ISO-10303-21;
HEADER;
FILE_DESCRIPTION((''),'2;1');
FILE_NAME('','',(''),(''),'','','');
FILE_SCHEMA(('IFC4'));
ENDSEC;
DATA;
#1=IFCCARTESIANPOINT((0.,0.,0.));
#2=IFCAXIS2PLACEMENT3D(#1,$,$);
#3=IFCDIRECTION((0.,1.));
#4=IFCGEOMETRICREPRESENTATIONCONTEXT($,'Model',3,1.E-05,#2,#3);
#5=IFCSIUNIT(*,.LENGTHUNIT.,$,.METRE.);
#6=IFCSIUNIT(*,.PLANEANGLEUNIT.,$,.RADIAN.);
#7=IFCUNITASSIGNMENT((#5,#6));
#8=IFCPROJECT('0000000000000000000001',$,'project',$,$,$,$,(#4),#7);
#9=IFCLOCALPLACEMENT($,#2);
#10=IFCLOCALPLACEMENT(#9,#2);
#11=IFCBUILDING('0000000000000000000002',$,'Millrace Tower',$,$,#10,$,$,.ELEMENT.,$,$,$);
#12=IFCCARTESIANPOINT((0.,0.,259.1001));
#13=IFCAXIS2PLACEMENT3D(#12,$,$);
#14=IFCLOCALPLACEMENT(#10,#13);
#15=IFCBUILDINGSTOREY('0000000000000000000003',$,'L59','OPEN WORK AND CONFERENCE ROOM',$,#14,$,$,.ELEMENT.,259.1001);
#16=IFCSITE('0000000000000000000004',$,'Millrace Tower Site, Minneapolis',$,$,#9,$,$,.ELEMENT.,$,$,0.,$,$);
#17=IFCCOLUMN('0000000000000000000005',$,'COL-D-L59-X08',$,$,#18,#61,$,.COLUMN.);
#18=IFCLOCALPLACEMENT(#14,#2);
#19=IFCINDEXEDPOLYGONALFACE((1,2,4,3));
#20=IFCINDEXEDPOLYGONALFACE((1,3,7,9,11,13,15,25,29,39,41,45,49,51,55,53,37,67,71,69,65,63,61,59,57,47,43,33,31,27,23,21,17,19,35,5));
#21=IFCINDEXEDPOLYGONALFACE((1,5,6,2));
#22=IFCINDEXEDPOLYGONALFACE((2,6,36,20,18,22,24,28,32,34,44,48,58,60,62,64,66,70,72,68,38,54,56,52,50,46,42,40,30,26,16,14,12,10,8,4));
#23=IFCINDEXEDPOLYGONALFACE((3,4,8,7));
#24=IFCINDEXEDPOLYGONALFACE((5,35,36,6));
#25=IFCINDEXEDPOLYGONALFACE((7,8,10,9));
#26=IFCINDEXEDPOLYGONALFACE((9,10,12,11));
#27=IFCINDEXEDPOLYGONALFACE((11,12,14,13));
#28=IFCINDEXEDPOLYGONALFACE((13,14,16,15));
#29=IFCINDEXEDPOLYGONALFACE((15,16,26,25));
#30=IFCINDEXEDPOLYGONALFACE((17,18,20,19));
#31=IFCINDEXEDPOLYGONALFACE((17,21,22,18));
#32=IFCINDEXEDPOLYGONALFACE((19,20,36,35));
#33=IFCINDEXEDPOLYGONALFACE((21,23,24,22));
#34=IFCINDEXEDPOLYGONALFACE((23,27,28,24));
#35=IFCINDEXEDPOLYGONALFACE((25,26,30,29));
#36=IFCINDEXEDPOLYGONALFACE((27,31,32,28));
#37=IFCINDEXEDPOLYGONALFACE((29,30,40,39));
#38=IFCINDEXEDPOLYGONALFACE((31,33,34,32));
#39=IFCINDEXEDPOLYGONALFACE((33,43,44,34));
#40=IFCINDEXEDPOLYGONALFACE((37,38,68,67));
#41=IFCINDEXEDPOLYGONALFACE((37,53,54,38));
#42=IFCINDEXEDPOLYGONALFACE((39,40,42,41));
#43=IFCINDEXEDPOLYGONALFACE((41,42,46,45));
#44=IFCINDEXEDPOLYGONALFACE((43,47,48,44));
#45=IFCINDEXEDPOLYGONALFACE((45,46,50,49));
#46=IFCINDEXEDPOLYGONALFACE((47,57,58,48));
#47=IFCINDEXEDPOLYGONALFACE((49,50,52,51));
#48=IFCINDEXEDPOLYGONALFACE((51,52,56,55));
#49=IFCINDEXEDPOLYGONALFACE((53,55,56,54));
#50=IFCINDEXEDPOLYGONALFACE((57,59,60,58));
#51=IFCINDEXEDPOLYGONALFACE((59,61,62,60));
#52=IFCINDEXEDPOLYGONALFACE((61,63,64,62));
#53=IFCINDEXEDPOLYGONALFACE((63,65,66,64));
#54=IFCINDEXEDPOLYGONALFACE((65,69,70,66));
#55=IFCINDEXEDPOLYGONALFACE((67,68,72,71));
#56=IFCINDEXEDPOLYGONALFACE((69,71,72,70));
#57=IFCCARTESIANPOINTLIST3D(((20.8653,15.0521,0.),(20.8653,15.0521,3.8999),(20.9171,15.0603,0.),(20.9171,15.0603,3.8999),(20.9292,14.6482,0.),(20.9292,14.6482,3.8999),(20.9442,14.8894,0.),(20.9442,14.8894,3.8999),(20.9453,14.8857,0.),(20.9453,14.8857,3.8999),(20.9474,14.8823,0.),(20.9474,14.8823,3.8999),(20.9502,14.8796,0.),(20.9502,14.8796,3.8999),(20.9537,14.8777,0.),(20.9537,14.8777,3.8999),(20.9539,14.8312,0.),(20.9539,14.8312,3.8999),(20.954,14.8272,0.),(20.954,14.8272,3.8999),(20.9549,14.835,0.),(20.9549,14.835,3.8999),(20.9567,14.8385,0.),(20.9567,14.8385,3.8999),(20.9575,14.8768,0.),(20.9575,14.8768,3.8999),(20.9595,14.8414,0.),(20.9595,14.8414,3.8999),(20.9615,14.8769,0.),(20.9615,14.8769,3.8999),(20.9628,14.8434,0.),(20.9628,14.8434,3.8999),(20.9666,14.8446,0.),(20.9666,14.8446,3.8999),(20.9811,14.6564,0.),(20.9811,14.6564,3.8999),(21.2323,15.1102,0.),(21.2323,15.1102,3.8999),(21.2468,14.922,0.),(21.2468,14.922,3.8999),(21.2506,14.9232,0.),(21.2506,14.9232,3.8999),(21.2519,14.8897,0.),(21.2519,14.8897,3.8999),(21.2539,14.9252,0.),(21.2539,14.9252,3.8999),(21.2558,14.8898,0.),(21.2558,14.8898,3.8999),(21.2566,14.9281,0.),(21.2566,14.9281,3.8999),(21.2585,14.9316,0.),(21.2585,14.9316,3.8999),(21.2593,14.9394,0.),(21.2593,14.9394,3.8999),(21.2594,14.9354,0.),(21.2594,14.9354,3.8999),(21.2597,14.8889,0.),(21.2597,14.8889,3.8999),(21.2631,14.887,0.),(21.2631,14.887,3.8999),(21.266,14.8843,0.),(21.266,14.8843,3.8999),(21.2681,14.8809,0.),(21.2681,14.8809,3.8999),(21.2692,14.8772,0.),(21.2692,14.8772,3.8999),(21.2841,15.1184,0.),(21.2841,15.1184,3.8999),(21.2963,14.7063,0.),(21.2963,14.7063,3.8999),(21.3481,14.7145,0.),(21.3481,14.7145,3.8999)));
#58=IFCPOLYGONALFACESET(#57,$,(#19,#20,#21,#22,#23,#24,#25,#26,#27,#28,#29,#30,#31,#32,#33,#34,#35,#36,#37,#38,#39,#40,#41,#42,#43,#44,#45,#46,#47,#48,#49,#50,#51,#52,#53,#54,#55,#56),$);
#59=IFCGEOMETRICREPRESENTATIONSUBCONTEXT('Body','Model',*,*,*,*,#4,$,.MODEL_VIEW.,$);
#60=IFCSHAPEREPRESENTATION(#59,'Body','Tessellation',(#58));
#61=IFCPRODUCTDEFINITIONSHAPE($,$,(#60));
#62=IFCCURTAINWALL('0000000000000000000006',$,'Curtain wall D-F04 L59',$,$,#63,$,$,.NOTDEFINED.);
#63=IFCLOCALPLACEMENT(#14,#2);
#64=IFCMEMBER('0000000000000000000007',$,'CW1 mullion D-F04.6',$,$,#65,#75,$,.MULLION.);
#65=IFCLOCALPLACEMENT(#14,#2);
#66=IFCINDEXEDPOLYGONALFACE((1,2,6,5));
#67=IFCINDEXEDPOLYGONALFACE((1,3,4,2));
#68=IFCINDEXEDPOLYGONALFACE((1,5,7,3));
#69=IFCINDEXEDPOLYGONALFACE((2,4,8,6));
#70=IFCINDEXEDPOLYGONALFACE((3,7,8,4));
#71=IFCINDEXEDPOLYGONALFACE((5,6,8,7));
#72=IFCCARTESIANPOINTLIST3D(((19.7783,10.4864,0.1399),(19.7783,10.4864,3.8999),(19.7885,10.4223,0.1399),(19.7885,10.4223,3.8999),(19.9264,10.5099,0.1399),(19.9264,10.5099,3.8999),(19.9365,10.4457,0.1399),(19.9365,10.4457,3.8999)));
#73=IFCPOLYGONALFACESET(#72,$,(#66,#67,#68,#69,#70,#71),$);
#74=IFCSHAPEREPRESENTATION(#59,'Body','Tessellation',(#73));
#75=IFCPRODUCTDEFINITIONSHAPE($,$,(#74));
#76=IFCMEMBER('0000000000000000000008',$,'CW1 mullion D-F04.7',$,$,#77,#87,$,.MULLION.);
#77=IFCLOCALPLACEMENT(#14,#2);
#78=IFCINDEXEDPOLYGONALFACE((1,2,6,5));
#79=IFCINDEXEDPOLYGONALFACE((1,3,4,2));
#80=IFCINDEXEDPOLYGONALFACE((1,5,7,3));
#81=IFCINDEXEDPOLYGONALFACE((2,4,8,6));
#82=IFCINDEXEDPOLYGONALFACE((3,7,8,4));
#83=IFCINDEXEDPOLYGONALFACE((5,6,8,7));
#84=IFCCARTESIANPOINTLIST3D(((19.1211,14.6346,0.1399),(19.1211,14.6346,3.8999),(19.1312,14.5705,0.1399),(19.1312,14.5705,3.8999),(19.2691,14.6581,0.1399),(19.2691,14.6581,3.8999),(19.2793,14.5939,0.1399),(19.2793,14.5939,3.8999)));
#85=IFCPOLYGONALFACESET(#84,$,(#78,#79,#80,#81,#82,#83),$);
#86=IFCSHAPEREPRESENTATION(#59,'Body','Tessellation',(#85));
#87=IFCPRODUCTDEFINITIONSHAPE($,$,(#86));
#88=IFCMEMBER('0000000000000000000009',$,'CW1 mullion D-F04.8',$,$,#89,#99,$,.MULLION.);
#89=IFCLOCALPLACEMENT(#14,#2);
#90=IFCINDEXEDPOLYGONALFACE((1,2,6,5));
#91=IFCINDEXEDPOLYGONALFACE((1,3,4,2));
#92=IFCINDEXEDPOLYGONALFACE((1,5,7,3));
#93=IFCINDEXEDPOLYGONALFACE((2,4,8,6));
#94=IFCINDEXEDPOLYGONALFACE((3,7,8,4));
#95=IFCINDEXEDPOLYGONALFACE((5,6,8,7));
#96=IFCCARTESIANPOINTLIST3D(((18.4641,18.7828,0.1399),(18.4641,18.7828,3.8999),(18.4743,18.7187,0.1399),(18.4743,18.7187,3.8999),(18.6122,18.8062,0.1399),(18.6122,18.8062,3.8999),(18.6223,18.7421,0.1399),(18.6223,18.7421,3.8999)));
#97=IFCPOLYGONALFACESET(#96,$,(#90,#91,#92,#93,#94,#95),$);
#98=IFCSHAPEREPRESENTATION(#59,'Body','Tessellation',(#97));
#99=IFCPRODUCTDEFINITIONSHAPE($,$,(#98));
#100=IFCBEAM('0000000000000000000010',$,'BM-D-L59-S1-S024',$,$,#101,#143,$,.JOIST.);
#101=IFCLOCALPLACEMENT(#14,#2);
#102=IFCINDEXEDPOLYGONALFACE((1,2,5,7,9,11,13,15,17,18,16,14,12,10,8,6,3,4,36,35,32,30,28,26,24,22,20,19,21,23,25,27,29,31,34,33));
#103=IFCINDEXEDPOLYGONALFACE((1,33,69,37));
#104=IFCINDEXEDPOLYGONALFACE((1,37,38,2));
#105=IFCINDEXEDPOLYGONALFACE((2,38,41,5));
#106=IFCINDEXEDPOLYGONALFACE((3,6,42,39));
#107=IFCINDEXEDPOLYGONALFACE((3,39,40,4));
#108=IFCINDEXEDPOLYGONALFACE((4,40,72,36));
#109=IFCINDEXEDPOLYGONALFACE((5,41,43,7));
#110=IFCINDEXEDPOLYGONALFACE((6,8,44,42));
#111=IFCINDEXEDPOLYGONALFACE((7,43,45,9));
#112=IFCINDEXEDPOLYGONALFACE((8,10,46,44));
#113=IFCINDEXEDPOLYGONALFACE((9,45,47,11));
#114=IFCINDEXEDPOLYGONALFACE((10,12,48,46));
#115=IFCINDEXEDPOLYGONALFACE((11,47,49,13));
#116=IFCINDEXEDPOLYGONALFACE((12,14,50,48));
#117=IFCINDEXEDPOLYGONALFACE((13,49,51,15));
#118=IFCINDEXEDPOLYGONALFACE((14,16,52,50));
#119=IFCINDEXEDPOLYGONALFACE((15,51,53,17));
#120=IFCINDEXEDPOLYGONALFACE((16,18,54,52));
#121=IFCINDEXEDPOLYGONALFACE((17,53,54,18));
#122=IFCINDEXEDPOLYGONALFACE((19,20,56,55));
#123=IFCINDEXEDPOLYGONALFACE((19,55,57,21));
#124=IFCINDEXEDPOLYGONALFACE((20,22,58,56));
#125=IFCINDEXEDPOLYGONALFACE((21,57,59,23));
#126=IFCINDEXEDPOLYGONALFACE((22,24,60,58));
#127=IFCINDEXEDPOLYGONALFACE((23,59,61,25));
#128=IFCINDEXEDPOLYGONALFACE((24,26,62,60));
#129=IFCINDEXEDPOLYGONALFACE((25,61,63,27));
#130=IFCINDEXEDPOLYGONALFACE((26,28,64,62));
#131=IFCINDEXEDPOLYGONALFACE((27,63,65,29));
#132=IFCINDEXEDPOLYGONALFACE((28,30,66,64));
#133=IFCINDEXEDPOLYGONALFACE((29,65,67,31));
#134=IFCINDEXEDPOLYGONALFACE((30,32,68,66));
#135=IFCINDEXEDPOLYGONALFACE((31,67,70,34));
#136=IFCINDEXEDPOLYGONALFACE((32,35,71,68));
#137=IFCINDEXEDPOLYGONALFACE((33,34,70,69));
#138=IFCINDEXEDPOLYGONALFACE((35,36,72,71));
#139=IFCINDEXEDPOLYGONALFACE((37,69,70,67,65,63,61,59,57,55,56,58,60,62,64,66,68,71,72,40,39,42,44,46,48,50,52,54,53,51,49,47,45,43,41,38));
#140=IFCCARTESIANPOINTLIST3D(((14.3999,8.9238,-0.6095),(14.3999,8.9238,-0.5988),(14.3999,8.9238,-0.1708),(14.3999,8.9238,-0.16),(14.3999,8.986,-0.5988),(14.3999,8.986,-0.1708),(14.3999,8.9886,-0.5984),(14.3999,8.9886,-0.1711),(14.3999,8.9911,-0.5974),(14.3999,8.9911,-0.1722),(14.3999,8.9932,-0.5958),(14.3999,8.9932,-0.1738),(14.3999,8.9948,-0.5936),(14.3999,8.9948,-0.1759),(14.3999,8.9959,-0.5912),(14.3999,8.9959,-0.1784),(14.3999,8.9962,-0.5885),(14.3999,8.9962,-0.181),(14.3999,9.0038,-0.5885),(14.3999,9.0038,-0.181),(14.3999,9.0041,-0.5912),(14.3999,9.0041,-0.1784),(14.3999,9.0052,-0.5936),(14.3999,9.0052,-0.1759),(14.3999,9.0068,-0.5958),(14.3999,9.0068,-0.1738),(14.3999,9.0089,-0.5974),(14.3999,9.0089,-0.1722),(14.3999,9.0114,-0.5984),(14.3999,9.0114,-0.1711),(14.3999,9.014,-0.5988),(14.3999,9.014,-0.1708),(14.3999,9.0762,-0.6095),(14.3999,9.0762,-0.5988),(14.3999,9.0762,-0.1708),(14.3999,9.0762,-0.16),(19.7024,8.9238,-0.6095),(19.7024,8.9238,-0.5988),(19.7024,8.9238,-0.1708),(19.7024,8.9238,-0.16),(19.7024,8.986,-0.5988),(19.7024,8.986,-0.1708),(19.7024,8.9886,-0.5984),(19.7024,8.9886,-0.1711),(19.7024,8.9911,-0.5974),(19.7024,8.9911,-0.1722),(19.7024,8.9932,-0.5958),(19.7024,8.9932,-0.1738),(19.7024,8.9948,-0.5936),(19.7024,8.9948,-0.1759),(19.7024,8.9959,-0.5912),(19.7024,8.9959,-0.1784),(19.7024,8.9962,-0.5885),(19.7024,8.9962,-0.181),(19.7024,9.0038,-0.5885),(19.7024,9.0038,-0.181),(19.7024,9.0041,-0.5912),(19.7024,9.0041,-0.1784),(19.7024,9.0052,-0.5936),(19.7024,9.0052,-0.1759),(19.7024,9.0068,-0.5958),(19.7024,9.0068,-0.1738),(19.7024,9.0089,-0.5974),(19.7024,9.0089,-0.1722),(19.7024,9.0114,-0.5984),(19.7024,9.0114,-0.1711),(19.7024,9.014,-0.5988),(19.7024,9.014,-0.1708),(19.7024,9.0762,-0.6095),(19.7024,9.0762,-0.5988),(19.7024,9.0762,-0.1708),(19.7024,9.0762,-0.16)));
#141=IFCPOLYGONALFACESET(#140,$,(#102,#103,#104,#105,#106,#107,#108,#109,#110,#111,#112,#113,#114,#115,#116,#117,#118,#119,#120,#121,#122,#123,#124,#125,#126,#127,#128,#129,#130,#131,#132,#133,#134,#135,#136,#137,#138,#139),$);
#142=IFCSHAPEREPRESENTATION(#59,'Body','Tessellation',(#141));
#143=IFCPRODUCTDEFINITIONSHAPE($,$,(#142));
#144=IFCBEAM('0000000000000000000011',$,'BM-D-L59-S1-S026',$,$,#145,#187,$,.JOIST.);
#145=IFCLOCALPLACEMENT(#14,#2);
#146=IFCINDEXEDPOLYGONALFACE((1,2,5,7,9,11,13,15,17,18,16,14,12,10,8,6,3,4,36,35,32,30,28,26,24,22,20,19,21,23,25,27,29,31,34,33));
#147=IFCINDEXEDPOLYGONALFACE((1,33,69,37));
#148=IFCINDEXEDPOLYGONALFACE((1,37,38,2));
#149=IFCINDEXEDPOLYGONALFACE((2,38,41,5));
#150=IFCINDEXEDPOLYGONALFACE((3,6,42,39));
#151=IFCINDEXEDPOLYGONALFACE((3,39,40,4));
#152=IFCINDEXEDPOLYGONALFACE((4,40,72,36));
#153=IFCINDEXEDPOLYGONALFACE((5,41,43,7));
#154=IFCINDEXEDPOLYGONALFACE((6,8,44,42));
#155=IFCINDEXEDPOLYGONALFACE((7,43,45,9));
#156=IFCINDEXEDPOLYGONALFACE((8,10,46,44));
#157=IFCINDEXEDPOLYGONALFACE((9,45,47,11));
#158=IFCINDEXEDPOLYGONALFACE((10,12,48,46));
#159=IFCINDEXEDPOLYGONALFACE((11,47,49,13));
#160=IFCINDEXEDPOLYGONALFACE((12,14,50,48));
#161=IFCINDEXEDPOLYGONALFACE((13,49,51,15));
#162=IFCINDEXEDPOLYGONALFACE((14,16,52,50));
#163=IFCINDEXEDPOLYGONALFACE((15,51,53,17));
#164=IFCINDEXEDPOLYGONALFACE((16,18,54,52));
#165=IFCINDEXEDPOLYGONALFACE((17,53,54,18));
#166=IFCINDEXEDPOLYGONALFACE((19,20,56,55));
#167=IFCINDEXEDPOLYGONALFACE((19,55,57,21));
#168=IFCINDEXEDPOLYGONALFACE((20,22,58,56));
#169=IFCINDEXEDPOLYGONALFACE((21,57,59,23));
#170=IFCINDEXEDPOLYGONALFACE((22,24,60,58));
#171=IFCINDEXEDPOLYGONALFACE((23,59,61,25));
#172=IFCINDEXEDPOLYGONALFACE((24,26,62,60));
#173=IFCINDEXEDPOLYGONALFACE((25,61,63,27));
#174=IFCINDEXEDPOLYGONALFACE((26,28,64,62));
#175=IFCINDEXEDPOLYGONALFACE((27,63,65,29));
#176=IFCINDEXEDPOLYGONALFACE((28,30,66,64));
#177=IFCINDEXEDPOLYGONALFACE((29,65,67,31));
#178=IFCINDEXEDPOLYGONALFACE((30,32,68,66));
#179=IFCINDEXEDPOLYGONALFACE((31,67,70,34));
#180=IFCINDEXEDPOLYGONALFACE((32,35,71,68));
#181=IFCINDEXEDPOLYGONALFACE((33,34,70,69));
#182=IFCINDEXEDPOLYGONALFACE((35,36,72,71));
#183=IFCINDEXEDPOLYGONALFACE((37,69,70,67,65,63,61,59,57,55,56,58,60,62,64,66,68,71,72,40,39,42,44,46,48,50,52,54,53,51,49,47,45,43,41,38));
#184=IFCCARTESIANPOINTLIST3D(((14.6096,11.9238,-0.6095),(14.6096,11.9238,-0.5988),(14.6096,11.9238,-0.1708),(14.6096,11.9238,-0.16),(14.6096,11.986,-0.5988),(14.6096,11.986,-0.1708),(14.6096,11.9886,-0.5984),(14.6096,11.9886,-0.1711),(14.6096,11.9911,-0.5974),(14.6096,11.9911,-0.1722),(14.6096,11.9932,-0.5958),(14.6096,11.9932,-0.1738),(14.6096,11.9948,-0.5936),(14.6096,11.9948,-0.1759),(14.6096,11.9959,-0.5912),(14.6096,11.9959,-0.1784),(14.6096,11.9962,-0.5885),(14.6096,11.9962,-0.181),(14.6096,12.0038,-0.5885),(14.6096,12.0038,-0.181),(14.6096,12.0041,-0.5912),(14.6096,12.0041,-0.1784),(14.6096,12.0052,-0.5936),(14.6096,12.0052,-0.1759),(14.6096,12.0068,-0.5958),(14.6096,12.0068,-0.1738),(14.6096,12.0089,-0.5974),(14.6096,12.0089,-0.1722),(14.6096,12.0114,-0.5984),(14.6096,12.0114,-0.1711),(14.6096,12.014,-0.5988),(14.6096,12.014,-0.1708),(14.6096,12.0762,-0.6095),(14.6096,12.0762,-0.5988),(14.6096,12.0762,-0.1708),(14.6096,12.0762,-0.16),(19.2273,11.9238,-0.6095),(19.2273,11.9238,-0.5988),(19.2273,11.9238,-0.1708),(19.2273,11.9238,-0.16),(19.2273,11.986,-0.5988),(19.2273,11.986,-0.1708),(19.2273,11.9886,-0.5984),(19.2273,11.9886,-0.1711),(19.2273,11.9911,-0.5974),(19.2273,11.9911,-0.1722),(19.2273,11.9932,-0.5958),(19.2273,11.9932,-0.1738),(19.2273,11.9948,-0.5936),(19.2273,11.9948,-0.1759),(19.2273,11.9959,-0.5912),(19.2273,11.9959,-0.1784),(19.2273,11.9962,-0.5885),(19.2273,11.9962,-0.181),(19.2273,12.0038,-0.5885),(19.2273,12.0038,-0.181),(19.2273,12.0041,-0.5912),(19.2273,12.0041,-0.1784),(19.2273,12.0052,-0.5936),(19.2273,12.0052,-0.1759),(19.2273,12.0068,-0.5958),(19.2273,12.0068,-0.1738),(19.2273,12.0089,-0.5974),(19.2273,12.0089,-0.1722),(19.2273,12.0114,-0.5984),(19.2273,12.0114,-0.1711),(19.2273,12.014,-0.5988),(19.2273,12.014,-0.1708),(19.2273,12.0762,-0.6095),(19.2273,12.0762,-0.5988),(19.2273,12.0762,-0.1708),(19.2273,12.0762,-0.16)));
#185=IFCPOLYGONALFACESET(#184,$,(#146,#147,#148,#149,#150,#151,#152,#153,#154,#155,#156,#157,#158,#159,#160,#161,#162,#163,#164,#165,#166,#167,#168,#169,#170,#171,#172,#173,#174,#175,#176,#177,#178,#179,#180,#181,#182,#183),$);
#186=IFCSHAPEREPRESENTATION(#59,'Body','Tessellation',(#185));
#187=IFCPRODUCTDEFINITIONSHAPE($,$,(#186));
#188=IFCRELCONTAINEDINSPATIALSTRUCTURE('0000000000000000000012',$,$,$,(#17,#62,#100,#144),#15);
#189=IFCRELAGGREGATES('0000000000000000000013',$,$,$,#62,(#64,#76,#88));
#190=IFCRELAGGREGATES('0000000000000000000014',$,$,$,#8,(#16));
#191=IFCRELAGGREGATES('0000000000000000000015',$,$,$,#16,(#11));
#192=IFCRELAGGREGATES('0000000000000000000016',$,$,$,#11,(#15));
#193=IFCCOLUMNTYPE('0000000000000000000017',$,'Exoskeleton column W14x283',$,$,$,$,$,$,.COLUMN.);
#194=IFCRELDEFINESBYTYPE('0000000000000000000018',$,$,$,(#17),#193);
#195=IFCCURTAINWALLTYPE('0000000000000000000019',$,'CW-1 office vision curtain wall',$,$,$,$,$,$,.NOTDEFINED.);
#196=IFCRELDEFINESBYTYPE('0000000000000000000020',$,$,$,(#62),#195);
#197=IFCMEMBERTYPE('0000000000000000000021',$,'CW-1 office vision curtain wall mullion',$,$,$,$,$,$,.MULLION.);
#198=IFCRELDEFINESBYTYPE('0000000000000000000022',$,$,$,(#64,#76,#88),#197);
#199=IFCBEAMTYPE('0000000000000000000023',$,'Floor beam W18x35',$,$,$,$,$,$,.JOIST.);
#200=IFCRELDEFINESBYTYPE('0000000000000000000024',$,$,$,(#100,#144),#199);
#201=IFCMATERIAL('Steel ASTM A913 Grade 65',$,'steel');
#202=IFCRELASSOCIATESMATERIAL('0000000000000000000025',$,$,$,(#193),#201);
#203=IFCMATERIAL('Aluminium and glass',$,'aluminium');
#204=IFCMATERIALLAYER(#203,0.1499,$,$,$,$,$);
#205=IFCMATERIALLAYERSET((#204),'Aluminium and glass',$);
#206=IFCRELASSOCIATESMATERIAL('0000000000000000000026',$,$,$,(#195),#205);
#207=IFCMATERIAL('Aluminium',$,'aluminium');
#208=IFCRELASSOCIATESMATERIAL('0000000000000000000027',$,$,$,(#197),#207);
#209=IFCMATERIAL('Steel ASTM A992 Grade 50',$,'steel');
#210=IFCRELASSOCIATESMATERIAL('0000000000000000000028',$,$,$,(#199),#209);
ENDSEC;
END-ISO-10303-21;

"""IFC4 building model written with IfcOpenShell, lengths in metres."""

from ifc_helpers import new_model, si_unit, direction, frame, origin, origin_2d, place, context, subcontext, project, spatial, rectangle, i_section, extrude, material, layer, layer_set, material_profile, profile_set, type_object, element, aggregate, save


model = new_model("IFC4")

# Units and contexts
model_context = context("Model", 3, precision=1e-05, world=origin(), true_north=direction((0.0, 1.0)))
body_context = subcontext(model_context, "Body", "Model", "MODEL_VIEW")
ifc_project = project(units=[si_unit("LENGTHUNIT", "METRE"), si_unit("PLANEANGLEUNIT", "RADIAN")], contexts=[model_context])

# Site, building, storey
site_placement = place(None, origin())
site = spatial("IfcSite", under=ifc_project, at=site_placement, Name="Millrace Tower Site, Minneapolis", CompositionType="ELEMENT", RefElevation=0.0)
building_placement = place(site_placement, origin())
building = spatial("IfcBuilding", under=site, at=building_placement, Name="Millrace Tower", CompositionType="ELEMENT")
storey_placement = place(building_placement, frame((0.0, 0.0, 259.1001)))
storey = spatial("IfcBuildingStorey", under=building, at=storey_placement, Name="L59", Description="OPEN WORK AND CONFERENCE ROOM", CompositionType="ELEMENT", Elevation=259.1001)

# Column
ifc_material_1 = material(Name="Steel ASTM A913 Grade 65", Category="steel")
ifc_material_profile_1 = material_profile(ifc_material_1, i_section(OverallWidth=0.4089, OverallDepth=0.4241, WebThickness=0.0327, FlangeThickness=0.0525, FilletRadius=0.0151, at=origin_2d()))
ifc_profile_set_1 = profile_set([ifc_material_profile_1], Name="Steel ASTM A913 Grade 65")
column_type = type_object("IfcColumnType", Name="Exoskeleton column W14x283", PredefinedType="COLUMN", material=ifc_profile_set_1)
column_placement = place(storey_placement, frame((21.1067, 14.8833, 0.0), z_axis=(0.0, 0.0, 1.0), x_axis=(-0.156434, 0.987688, 0.0)))
element("IfcColumn", 1, at=column_placement, inside=storey, type_object=column_type, Name="COL-D-L59-X08", PredefinedType="COLUMN", context=body_context, shape_type="SweptSolid", body=[
    extrude(i_section(OverallWidth=0.4089, OverallDepth=0.4241, WebThickness=0.0327, FlangeThickness=0.0525, FilletRadius=0.0151, at=origin_2d()), origin(), (0.0, 0.0, 1.0), 3.8999),
])

# Curtain wall, members
ifc_material_2 = material(Name="Aluminium and glass", Category="aluminium")
ifc_layer_1 = layer(ifc_material_2, 0.1499)
ifc_layer_set_1 = layer_set([ifc_layer_1], Name="Aluminium and glass")
curtain_wall_type = type_object("IfcCurtainWallType", Name="CW-1 office vision curtain wall", PredefinedType="NOTDEFINED", material=ifc_layer_set_1)
curtain_wall_placement = place(storey_placement, origin())
curtain_wall = element("IfcCurtainWall", 2, at=curtain_wall_placement, inside=storey, type_object=curtain_wall_type, Name="Curtain wall D-F04 L59", PredefinedType="NOTDEFINED")
ifc_material_3 = material(Name="Aluminium", Category="aluminium")
ifc_material_profile_2 = material_profile(ifc_material_3, rectangle(XDim=0.0649, YDim=0.1499, at=origin_2d()))
ifc_profile_set_2 = profile_set([ifc_material_profile_2], Name="Aluminium")
member_type = type_object("IfcMemberType", Name="CW-1 office vision curtain wall mullion", PredefinedType="MULLION", material=ifc_profile_set_2)
member_1_placement = place(storey_placement, frame((19.8574, 10.4661, 0.1399), z_axis=(0.0, 0.0, 1.0), x_axis=(-0.156434, 0.987688, 0.0)))
member_1 = element("IfcMember", 3, at=member_1_placement, type_object=member_type, Name="CW1 mullion D-F04.6", PredefinedType="MULLION", context=body_context, shape_type="SweptSolid", body=[
    extrude(rectangle(XDim=0.0649, YDim=0.1499, at=origin_2d()), origin(), (0.0, 0.0, 1.0), 3.76),
])
member_2_placement = place(storey_placement, frame((19.2002, 14.6143, 0.1399), z_axis=(0.0, 0.0, 1.0), x_axis=(-0.156434, 0.987688, 0.0)))
member_2 = element("IfcMember", 4, at=member_2_placement, type_object=member_type, Name="CW1 mullion D-F04.7", PredefinedType="MULLION", context=body_context, shape_type="SweptSolid", body=[
    extrude(rectangle(XDim=0.0649, YDim=0.1499, at=origin_2d()), origin(), (0.0, 0.0, 1.0), 3.76),
])
member_3_placement = place(storey_placement, frame((18.5432, 18.7625, 0.1399), z_axis=(0.0, 0.0, 1.0), x_axis=(-0.156434, 0.987688, 0.0)))
member_3 = element("IfcMember", 5, at=member_3_placement, type_object=member_type, Name="CW1 mullion D-F04.8", PredefinedType="MULLION", context=body_context, shape_type="SweptSolid", body=[
    extrude(rectangle(XDim=0.0649, YDim=0.1499, at=origin_2d()), origin(), (0.0, 0.0, 1.0), 3.76),
])
aggregate(curtain_wall, [member_1, member_2, member_3])

# Beams
ifc_material_4 = material(Name="Steel ASTM A992 Grade 50", Category="steel")
ifc_material_profile_3 = material_profile(ifc_material_4, i_section(OverallWidth=0.1523, OverallDepth=0.4495, WebThickness=0.0076, FlangeThickness=0.0107, FilletRadius=0.0103, at=origin_2d()))
ifc_profile_set_3 = profile_set([ifc_material_profile_3], Name="Steel ASTM A992 Grade 50")
beam_type_1 = type_object("IfcBeamType", Name="Floor beam W18x35", PredefinedType="JOIST", material=ifc_profile_set_3)
beam_1_placement = place(storey_placement, frame((14.3999, 9.0, -0.3848), z_axis=(1.0, 0.0, 0.0), x_axis=(0.0, 1.0, 0.0)))
element("IfcBeam", 6, at=beam_1_placement, inside=storey, type_object=beam_type_1, Name="BM-D-L59-S1-S024", PredefinedType="JOIST", context=body_context, shape_type="SweptSolid", body=[
    extrude(i_section(OverallWidth=0.1523, OverallDepth=0.4495, WebThickness=0.0076, FlangeThickness=0.0107, FilletRadius=0.0103, at=origin_2d()), origin(), (0.0, 0.0, 1.0), 5.3025),
])
beam_2_placement = place(storey_placement, frame((14.6096, 12.0, -0.3848), z_axis=(1.0, 0.0, 0.0), x_axis=(0.0, 1.0, 0.0)))
element("IfcBeam", 7, at=beam_2_placement, inside=storey, type_object=beam_type_1, Name="BM-D-L59-S1-S026", PredefinedType="JOIST", context=body_context, shape_type="SweptSolid", body=[
    extrude(i_section(OverallWidth=0.1523, OverallDepth=0.4495, WebThickness=0.0076, FlangeThickness=0.0107, FilletRadius=0.0103, at=origin_2d()), origin(), (0.0, 0.0, 1.0), 4.6177),
])

save(model, "model.ifc")
